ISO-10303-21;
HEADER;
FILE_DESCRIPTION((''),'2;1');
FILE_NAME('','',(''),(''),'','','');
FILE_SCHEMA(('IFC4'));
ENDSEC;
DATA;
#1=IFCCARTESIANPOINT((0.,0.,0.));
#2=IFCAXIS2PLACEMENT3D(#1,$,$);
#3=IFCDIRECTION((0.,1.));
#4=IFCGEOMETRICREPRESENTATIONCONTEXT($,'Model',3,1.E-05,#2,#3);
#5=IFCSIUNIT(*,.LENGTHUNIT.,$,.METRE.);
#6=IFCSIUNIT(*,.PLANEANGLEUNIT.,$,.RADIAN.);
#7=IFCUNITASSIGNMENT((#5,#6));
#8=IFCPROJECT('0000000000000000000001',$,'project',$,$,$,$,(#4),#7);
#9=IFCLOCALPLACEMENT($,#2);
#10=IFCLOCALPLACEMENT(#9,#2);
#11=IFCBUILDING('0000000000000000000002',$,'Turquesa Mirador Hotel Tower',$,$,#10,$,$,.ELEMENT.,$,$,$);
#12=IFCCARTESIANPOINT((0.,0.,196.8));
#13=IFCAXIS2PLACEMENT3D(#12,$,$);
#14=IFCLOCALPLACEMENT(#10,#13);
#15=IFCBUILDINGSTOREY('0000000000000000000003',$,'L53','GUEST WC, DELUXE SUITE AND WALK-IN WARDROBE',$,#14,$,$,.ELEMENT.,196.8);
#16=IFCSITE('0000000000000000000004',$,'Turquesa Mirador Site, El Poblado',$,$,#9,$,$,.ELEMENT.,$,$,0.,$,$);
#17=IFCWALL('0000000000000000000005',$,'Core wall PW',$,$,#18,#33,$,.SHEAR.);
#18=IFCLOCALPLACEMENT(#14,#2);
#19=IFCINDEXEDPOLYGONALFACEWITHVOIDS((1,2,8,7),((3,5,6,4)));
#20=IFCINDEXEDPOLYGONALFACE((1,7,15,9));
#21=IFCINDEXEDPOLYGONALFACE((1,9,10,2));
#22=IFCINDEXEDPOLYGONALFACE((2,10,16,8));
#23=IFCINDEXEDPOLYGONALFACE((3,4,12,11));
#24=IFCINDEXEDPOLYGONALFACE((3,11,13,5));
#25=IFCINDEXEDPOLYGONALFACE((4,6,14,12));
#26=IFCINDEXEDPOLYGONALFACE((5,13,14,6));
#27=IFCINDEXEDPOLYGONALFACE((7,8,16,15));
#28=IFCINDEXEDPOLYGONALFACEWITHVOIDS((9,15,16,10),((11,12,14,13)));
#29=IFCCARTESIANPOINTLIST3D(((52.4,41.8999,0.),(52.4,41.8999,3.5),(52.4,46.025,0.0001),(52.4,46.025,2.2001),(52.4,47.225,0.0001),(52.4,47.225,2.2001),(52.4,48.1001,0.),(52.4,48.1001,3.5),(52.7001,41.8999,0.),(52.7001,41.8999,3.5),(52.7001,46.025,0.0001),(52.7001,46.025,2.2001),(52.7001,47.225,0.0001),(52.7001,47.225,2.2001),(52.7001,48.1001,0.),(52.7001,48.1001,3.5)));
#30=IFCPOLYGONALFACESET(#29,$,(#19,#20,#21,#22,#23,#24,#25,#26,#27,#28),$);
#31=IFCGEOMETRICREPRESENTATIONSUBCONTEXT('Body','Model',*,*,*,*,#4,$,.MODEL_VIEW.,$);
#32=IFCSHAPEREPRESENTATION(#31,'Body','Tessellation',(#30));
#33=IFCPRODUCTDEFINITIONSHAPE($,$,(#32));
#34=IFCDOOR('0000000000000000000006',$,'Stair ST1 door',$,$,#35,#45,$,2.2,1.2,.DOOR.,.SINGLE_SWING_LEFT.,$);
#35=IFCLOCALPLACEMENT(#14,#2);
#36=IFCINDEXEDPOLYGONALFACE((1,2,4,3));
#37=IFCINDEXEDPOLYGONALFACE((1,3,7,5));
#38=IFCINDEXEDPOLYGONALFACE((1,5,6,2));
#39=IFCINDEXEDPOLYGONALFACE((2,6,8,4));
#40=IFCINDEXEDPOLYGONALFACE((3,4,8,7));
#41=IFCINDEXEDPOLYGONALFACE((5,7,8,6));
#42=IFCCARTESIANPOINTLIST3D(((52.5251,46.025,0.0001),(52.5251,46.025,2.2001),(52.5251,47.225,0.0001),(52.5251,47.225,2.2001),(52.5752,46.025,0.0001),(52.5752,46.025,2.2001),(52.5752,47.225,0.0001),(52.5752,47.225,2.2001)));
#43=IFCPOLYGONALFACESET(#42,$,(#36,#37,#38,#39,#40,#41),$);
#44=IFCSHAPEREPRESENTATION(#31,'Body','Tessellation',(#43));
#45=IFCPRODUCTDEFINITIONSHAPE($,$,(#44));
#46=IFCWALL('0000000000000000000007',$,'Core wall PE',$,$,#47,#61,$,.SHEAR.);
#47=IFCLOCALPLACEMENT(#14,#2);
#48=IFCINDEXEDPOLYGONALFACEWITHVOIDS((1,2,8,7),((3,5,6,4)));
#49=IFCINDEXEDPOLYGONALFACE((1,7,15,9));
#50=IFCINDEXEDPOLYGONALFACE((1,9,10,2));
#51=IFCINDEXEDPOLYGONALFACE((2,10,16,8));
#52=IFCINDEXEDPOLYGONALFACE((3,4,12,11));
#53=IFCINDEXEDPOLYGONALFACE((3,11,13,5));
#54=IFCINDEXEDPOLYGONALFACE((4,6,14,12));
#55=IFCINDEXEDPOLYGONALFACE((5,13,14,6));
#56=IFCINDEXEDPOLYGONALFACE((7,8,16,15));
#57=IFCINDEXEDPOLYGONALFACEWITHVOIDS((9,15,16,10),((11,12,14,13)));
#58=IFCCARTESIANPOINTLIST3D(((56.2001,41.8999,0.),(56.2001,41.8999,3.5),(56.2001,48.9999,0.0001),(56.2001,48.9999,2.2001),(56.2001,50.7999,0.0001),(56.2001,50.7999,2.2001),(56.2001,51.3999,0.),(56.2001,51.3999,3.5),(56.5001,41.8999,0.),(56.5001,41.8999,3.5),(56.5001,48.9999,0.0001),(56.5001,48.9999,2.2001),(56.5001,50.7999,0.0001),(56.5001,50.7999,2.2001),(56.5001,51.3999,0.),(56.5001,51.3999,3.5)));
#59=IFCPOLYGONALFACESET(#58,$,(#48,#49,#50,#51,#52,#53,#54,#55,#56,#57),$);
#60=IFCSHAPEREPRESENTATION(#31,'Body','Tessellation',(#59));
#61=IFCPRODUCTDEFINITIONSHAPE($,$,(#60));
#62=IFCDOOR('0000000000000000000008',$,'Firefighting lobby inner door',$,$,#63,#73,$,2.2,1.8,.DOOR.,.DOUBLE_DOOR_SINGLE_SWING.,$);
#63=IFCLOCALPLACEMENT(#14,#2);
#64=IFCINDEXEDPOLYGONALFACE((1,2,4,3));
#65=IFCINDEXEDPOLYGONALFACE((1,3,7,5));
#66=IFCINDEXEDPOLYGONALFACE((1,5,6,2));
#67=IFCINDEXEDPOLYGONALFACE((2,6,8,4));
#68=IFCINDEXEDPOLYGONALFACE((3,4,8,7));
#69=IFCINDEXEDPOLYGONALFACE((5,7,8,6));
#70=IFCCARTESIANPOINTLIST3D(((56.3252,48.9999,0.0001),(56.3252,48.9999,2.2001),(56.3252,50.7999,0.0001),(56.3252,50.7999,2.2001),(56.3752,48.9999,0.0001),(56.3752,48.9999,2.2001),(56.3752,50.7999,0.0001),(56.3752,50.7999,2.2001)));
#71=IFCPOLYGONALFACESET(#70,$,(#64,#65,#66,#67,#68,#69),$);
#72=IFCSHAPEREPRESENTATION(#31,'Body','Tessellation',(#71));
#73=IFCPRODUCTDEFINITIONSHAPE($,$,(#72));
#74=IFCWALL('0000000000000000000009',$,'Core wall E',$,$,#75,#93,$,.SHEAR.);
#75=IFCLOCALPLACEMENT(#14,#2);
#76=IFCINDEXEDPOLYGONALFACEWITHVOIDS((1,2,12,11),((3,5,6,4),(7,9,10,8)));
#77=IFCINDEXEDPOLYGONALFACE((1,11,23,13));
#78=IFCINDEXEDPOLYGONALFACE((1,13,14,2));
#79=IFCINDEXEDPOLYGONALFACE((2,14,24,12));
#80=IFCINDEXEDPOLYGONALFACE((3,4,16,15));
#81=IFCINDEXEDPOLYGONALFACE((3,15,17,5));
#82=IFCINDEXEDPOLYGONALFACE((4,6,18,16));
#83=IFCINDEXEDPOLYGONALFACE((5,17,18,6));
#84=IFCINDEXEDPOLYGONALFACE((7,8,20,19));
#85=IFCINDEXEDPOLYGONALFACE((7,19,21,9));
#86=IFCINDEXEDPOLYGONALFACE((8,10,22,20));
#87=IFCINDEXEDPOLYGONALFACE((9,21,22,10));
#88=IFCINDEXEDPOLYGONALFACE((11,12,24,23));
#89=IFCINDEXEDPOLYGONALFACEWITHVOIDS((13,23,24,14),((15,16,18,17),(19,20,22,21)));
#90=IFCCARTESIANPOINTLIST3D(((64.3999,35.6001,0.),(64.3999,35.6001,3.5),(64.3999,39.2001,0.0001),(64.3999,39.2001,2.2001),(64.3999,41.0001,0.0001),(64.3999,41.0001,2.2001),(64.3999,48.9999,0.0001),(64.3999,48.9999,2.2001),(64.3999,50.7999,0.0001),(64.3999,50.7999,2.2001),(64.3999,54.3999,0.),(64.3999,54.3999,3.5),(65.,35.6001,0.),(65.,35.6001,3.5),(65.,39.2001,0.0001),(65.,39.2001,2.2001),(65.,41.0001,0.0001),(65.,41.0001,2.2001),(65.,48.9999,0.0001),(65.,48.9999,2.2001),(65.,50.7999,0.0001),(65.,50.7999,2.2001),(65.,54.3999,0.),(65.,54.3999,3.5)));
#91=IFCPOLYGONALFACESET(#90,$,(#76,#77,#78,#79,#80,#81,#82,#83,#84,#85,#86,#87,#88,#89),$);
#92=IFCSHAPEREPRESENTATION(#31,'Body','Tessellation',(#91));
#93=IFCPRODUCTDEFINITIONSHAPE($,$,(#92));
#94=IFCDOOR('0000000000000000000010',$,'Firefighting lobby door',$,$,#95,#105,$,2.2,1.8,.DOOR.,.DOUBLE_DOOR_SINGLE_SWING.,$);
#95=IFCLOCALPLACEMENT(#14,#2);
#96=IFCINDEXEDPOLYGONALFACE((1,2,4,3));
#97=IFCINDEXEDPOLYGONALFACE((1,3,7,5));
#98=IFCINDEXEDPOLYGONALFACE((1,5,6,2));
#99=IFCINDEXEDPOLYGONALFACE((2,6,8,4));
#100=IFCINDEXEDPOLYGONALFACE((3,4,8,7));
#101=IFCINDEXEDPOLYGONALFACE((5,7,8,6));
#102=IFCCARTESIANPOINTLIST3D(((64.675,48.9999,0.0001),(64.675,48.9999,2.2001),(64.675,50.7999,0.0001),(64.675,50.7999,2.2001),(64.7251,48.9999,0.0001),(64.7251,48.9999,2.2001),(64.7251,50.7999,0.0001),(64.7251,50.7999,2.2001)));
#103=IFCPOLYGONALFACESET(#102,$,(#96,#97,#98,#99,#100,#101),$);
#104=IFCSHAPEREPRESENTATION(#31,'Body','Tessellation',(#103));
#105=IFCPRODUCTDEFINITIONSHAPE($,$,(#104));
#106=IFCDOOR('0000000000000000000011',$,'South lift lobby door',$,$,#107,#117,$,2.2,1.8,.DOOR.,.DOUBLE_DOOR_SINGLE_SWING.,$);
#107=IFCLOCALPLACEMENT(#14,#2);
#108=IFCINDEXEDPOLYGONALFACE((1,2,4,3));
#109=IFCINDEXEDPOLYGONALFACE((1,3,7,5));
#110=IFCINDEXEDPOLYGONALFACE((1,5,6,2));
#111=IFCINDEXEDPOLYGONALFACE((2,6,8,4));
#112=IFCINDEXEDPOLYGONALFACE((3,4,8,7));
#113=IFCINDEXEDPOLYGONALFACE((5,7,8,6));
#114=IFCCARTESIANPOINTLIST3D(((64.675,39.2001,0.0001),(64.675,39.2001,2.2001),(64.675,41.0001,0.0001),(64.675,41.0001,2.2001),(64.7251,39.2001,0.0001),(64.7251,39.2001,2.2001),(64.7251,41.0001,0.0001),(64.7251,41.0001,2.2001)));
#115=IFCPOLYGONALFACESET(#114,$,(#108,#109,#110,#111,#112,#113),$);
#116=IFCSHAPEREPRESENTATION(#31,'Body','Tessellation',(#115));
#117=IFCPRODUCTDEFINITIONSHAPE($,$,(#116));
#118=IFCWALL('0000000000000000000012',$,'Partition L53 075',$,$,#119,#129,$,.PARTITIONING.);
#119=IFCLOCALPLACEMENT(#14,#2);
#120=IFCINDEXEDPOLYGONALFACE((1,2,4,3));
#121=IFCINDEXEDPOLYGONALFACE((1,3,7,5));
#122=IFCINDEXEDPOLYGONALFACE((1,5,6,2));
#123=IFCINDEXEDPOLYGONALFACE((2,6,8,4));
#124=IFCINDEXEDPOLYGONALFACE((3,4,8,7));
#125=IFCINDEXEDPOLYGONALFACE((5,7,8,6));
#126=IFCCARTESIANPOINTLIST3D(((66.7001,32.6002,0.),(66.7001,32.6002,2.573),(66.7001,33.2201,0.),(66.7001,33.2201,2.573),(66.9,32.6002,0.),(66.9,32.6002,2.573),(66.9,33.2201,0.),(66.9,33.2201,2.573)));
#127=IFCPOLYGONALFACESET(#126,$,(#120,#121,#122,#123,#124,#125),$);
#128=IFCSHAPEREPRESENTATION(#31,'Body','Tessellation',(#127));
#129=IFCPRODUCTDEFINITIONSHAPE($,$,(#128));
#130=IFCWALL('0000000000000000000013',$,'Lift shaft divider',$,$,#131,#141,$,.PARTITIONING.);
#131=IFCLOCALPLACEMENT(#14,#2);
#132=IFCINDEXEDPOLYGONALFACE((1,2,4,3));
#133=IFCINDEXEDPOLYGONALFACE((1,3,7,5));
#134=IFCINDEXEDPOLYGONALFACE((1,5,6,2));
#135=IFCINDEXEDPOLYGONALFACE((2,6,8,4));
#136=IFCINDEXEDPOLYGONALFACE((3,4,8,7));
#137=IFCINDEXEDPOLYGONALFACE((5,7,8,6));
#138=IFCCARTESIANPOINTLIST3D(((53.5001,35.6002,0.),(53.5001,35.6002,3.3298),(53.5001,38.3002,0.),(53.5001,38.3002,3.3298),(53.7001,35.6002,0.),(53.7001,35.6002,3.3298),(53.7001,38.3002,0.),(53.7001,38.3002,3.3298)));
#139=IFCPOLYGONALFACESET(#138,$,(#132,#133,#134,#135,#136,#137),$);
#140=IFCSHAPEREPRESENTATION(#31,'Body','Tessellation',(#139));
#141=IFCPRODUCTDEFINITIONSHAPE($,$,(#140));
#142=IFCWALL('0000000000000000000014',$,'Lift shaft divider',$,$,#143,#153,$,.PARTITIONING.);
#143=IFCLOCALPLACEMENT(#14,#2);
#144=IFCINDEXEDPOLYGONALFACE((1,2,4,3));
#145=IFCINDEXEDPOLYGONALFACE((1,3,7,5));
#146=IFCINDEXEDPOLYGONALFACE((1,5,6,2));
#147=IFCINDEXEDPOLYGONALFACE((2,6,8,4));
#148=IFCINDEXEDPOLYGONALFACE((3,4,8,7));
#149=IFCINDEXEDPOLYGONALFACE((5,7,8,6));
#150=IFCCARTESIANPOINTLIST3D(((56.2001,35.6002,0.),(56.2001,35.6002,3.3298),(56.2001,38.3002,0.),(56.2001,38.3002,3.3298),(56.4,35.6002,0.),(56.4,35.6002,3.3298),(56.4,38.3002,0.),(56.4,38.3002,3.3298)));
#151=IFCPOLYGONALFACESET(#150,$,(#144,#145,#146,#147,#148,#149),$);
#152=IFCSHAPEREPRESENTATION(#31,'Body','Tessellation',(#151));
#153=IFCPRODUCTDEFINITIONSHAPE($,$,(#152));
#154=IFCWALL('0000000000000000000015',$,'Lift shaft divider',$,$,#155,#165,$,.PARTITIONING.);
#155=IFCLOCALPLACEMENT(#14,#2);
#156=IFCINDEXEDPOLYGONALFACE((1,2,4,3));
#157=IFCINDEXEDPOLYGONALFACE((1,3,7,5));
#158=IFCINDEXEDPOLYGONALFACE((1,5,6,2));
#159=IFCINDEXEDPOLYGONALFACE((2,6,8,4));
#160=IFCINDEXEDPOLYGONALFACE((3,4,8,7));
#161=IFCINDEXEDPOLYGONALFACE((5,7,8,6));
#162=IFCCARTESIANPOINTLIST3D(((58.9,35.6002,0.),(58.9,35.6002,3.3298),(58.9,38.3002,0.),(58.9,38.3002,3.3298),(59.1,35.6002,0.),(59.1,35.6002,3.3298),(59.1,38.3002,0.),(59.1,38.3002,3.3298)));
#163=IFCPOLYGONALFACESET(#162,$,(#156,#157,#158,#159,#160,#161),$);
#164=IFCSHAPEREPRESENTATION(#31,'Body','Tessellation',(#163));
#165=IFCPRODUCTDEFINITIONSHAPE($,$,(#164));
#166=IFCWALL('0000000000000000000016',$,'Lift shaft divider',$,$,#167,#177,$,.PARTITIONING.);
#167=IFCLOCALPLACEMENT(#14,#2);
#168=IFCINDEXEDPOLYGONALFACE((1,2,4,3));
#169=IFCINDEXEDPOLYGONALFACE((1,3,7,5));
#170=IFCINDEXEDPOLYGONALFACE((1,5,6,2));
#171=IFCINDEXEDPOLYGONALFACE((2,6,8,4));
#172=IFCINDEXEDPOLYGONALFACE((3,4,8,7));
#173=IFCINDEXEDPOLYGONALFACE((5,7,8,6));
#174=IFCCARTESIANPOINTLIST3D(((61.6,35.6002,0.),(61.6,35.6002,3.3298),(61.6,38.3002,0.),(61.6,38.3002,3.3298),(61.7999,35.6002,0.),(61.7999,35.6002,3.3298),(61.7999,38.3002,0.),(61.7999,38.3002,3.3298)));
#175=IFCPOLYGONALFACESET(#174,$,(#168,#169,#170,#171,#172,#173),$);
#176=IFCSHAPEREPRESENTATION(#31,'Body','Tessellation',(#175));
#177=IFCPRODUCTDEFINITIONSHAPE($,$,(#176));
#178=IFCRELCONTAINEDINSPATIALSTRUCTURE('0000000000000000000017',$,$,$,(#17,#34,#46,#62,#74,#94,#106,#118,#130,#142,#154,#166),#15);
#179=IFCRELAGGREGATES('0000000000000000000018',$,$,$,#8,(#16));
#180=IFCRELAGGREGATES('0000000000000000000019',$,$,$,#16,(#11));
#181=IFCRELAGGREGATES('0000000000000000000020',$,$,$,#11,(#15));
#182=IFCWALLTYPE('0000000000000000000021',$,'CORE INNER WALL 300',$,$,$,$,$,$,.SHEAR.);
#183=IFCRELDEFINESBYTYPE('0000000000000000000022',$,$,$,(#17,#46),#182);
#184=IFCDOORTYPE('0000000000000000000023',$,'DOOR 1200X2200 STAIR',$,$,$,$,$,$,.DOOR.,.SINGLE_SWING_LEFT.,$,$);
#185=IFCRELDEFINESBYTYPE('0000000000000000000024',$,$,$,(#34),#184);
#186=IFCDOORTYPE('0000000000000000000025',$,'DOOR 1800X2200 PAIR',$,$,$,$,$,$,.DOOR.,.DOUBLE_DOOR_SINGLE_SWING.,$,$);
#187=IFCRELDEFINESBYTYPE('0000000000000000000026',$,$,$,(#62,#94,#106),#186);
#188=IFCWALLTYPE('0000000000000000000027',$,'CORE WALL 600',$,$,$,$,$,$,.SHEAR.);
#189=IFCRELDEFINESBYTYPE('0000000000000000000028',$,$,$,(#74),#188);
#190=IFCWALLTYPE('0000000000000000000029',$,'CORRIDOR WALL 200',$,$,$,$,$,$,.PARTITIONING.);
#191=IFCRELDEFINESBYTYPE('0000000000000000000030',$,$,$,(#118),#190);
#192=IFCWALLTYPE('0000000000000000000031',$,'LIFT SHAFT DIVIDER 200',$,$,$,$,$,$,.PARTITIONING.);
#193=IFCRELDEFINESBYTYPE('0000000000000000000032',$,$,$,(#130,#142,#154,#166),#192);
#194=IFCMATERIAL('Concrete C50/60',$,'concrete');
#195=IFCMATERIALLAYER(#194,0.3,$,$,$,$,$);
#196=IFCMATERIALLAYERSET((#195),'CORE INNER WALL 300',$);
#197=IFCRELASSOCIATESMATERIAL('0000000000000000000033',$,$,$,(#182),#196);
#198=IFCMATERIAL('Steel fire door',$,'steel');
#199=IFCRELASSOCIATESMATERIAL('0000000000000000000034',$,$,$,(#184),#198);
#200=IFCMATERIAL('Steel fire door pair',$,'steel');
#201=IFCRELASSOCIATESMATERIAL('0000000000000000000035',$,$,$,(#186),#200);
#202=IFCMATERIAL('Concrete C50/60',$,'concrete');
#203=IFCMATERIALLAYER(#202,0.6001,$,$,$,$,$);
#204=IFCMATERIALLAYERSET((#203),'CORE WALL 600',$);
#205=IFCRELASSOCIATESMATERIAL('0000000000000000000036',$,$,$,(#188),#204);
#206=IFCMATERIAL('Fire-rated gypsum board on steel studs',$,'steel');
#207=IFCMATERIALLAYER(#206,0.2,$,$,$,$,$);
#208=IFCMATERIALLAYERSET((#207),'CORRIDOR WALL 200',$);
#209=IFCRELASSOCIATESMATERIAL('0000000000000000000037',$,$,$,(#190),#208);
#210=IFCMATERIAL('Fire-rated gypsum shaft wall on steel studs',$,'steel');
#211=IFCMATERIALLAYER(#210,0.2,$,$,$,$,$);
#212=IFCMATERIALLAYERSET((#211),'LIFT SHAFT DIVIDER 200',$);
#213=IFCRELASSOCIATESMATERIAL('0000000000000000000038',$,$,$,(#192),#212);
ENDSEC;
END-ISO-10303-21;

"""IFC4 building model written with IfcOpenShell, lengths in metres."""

from ifc_helpers import new_model, si_unit, direction, frame, frame_2d, origin, place, context, subcontext, project, spatial, rectangle, extrude, material, layer, layer_set, type_object, element, fill, save


model = new_model("IFC4")

# Units and contexts
model_context = context("Model", 3, precision=1e-05, world=origin(), true_north=direction((0.0, 1.0)))
body_context = subcontext(model_context, "Body", "Model", "MODEL_VIEW")
ifc_project = project(units=[si_unit("LENGTHUNIT", "METRE"), si_unit("PLANEANGLEUNIT", "RADIAN")], contexts=[model_context])

# Site, building, storey
site_placement = place(None, origin())
site = spatial("IfcSite", under=ifc_project, at=site_placement, Name="Turquesa Mirador Site, El Poblado", CompositionType="ELEMENT", RefElevation=0.0)
building_placement = place(site_placement, origin())
building = spatial("IfcBuilding", under=site, at=building_placement, Name="Turquesa Mirador Hotel Tower", CompositionType="ELEMENT")
storey_placement = place(building_placement, frame((0.0, 0.0, 196.8)))
storey = spatial("IfcBuildingStorey", under=building, at=storey_placement, Name="L53", Description="GUEST WC, DELUXE SUITE AND WALK-IN WARDROBE", CompositionType="ELEMENT", Elevation=196.8)

# Walls, openings, doors
ifc_material_1 = material(Name="Concrete C50/60", Category="concrete")
ifc_layer_1 = layer(ifc_material_1, 0.3)
ifc_layer_set_1 = layer_set([ifc_layer_1], Name="CORE INNER WALL 300")
wall_type_1 = type_object("IfcWallType", Name="CORE INNER WALL 300", PredefinedType="SHEAR", material=ifc_layer_set_1)
wall_1_placement = place(storey_placement, frame((52.55, 41.8999, 0.0), z_axis=(0.0, 0.0, 1.0), x_axis=(0.0, 1.0, 0.0)))
wall_1 = element("IfcWall", 1, at=wall_1_placement, inside=storey, type_object=wall_type_1, Name="Core wall PW", PredefinedType="SHEAR", context=body_context, shape_type="SweptSolid", body=[
    extrude(rectangle(XDim=6.2002, YDim=0.3, at=frame_2d((3.1001, 0.0))), origin(), (0.0, 0.0, 1.0), 3.5),
])
opening_1_placement = place(wall_1_placement, frame((4.125, 0.0, 0.0)))
opening_1 = element("IfcOpeningElement", 2, at=opening_1_placement, cuts=wall_1, PredefinedType="OPENING", context=body_context, shape_type="SweptSolid", body=[
    extrude(rectangle(XDim=1.2, YDim=2.2, at=frame_2d((0.6001, 1.1001))), frame((0.0, 0.1599, 0.0), z_axis=(0.0, -1.0, 0.0), x_axis=(1.0, 0.0, 0.0)), (0.0, 0.0, 1.0), 0.3201),
])
ifc_material_2 = material(Name="Steel fire door", Category="steel")
door_type_1 = type_object("IfcDoorType", Name="DOOR 1200X2200 STAIR", OperationType="SINGLE_SWING_LEFT", PredefinedType="DOOR", material=ifc_material_2)
door_1_placement = place(opening_1_placement, origin())
door_1 = element("IfcDoor", 3, at=door_1_placement, inside=storey, type_object=door_type_1, Name="Stair ST1 door", OperationType="SINGLE_SWING_LEFT", OverallHeight=2.2, OverallWidth=1.2, PredefinedType="DOOR", context=body_context, shape_type="SweptSolid", body=[
    extrude(rectangle(XDim=1.2, YDim=2.2, at=frame_2d((0.6001, 1.1001))), frame((0.0, 0.0249, 0.0), z_axis=(0.0, -1.0, 0.0), x_axis=(1.0, 0.0, 0.0)), (0.0, 0.0, 1.0), 0.05),
])
fill(opening_1, door_1)
wall_2_placement = place(storey_placement, frame((56.3501, 41.8999, 0.0), z_axis=(0.0, 0.0, 1.0), x_axis=(0.0, 1.0, 0.0)))
wall_2 = element("IfcWall", 4, at=wall_2_placement, inside=storey, type_object=wall_type_1, Name="Core wall PE", PredefinedType="SHEAR", context=body_context, shape_type="SweptSolid", body=[
    extrude(rectangle(XDim=9.5, YDim=0.3, at=frame_2d((4.75, 0.0))), origin(), (0.0, 0.0, 1.0), 3.5),
])
opening_2_placement = place(wall_2_placement, frame((7.1001, 0.0, 0.0)))
opening_2 = element("IfcOpeningElement", 5, at=opening_2_placement, cuts=wall_2, PredefinedType="OPENING", context=body_context, shape_type="SweptSolid", body=[
    extrude(rectangle(XDim=1.8, YDim=2.2, at=frame_2d((0.8999, 1.1001))), frame((0.0, 0.1599, 0.0), z_axis=(0.0, -1.0, 0.0), x_axis=(1.0, 0.0, 0.0)), (0.0, 0.0, 1.0), 0.3201),
])
ifc_material_3 = material(Name="Steel fire door pair", Category="steel")
door_type_2 = type_object("IfcDoorType", Name="DOOR 1800X2200 PAIR", OperationType="DOUBLE_DOOR_SINGLE_SWING", PredefinedType="DOOR", material=ifc_material_3)
door_2_placement = place(opening_2_placement, origin())
door_2 = element("IfcDoor", 6, at=door_2_placement, inside=storey, type_object=door_type_2, Name="Firefighting lobby inner door", OperationType="DOUBLE_DOOR_SINGLE_SWING", OverallHeight=2.2, OverallWidth=1.8, PredefinedType="DOOR", context=body_context, shape_type="SweptSolid", body=[
    extrude(rectangle(XDim=1.8, YDim=2.2, at=frame_2d((0.8999, 1.1001))), frame((0.0, 0.0249, 0.0), z_axis=(0.0, -1.0, 0.0), x_axis=(1.0, 0.0, 0.0)), (0.0, 0.0, 1.0), 0.05),
])
fill(opening_2, door_2)

# Wall, openings, doors
ifc_material_4 = material(Name="Concrete C50/60", Category="concrete")
ifc_layer_2 = layer(ifc_material_4, 0.6001)
ifc_layer_set_2 = layer_set([ifc_layer_2], Name="CORE WALL 600")
wall_type_2 = type_object("IfcWallType", Name="CORE WALL 600", PredefinedType="SHEAR", material=ifc_layer_set_2)
wall_3_placement = place(storey_placement, frame((64.7, 35.6001, 0.0), z_axis=(0.0, 0.0, 1.0), x_axis=(0.0, 1.0, 0.0)))
wall_3 = element("IfcWall", 7, at=wall_3_placement, inside=storey, type_object=wall_type_2, Name="Core wall E", PredefinedType="SHEAR", context=body_context, shape_type="SweptSolid", body=[
    extrude(rectangle(XDim=18.7998, YDim=0.6001, at=frame_2d((9.3999, 0.0))), origin(), (0.0, 0.0, 1.0), 3.5),
])
opening_3_placement = place(wall_3_placement, frame((13.3999, 0.0, 0.0)))
opening_3 = element("IfcOpeningElement", 8, at=opening_3_placement, cuts=wall_3, PredefinedType="OPENING", context=body_context, shape_type="SweptSolid", body=[
    extrude(rectangle(XDim=1.8, YDim=2.2, at=frame_2d((0.8999, 1.1001))), frame((0.0, 0.3101, 0.0), z_axis=(0.0, -1.0, 0.0), x_axis=(1.0, 0.0, 0.0)), (0.0, 0.0, 1.0), 0.6201),
])
opening_4_placement = place(wall_3_placement, frame((3.6001, 0.0, 0.0)))
opening_4 = element("IfcOpeningElement", 9, at=opening_4_placement, cuts=wall_3, PredefinedType="OPENING", context=body_context, shape_type="SweptSolid", body=[
    extrude(rectangle(XDim=1.8, YDim=2.2, at=frame_2d((0.8999, 1.1001))), frame((0.0, 0.3101, 0.0), z_axis=(0.0, -1.0, 0.0), x_axis=(1.0, 0.0, 0.0)), (0.0, 0.0, 1.0), 0.6201),
])
door_3_placement = place(opening_3_placement, origin())
door_3 = element("IfcDoor", 10, at=door_3_placement, inside=storey, type_object=door_type_2, Name="Firefighting lobby door", OperationType="DOUBLE_DOOR_SINGLE_SWING", OverallHeight=2.2, OverallWidth=1.8, PredefinedType="DOOR", context=body_context, shape_type="SweptSolid", body=[
    extrude(rectangle(XDim=1.8, YDim=2.2, at=frame_2d((0.8999, 1.1001))), frame((0.0, 0.0249, 0.0), z_axis=(0.0, -1.0, 0.0), x_axis=(1.0, 0.0, 0.0)), (0.0, 0.0, 1.0), 0.05),
])
fill(opening_3, door_3)
door_4_placement = place(opening_4_placement, origin())
door_4 = element("IfcDoor", 11, at=door_4_placement, inside=storey, type_object=door_type_2, Name="South lift lobby door", OperationType="DOUBLE_DOOR_SINGLE_SWING", OverallHeight=2.2, OverallWidth=1.8, PredefinedType="DOOR", context=body_context, shape_type="SweptSolid", body=[
    extrude(rectangle(XDim=1.8, YDim=2.2, at=frame_2d((0.8999, 1.1001))), frame((0.0, 0.0249, 0.0), z_axis=(0.0, -1.0, 0.0), x_axis=(1.0, 0.0, 0.0)), (0.0, 0.0, 1.0), 0.05),
])
fill(opening_4, door_4)

# Walls
ifc_material_5 = material(Name="Fire-rated gypsum board on steel studs", Category="steel")
ifc_layer_3 = layer(ifc_material_5, 0.2)
ifc_layer_set_3 = layer_set([ifc_layer_3], Name="CORRIDOR WALL 200")
wall_type_3 = type_object("IfcWallType", Name="CORRIDOR WALL 200", PredefinedType="PARTITIONING", material=ifc_layer_set_3)
wall_4_placement = place(storey_placement, frame((66.8, 32.6001, 0.0), z_axis=(0.0, 0.0, 1.0), x_axis=(0.0, 1.0, 0.0)))
element("IfcWall", 12, at=wall_4_placement, inside=storey, type_object=wall_type_3, Name="Partition L53 075", PredefinedType="PARTITIONING", context=body_context, shape_type="SweptSolid", body=[
    extrude(rectangle(XDim=0.6199, YDim=0.2, at=frame_2d((0.3101, 0.0))), origin(), (0.0, 0.0, 1.0), 2.573),
])
ifc_material_6 = material(Name="Fire-rated gypsum shaft wall on steel studs", Category="steel")
ifc_layer_4 = layer(ifc_material_6, 0.2)
ifc_layer_set_4 = layer_set([ifc_layer_4], Name="LIFT SHAFT DIVIDER 200")
wall_type_4 = type_object("IfcWallType", Name="LIFT SHAFT DIVIDER 200", PredefinedType="PARTITIONING", material=ifc_layer_set_4)
for number, where, z_axis, x_axis, name in (
    (13, (53.6001, 35.6001, 0.0), (0.0, 0.0, 1.0), (0.0, 1.0, 0.0), "Lift shaft divider"),
    (14, (56.3, 35.6001, 0.0), (0.0, 0.0, 1.0), (0.0, 1.0, 0.0), "Lift shaft divider"),
    (15, (59.0, 35.6001, 0.0), (0.0, 0.0, 1.0), (0.0, 1.0, 0.0), "Lift shaft divider"),
    (16, (61.7, 35.6001, 0.0), (0.0, 0.0, 1.0), (0.0, 1.0, 0.0), "Lift shaft divider"),
):
    element("IfcWall", number, at=place(storey_placement, frame(where, z_axis=z_axis, x_axis=x_axis)), inside=storey, type_object=wall_type_4, Name=name, PredefinedType="PARTITIONING", context=body_context, shape_type="SweptSolid", body=[
        extrude(rectangle(XDim=2.7, YDim=0.2, at=frame_2d((1.3501, 0.0))), origin(), (0.0, 0.0, 1.0), 3.3298),
    ])

save(model, "model.ifc")
